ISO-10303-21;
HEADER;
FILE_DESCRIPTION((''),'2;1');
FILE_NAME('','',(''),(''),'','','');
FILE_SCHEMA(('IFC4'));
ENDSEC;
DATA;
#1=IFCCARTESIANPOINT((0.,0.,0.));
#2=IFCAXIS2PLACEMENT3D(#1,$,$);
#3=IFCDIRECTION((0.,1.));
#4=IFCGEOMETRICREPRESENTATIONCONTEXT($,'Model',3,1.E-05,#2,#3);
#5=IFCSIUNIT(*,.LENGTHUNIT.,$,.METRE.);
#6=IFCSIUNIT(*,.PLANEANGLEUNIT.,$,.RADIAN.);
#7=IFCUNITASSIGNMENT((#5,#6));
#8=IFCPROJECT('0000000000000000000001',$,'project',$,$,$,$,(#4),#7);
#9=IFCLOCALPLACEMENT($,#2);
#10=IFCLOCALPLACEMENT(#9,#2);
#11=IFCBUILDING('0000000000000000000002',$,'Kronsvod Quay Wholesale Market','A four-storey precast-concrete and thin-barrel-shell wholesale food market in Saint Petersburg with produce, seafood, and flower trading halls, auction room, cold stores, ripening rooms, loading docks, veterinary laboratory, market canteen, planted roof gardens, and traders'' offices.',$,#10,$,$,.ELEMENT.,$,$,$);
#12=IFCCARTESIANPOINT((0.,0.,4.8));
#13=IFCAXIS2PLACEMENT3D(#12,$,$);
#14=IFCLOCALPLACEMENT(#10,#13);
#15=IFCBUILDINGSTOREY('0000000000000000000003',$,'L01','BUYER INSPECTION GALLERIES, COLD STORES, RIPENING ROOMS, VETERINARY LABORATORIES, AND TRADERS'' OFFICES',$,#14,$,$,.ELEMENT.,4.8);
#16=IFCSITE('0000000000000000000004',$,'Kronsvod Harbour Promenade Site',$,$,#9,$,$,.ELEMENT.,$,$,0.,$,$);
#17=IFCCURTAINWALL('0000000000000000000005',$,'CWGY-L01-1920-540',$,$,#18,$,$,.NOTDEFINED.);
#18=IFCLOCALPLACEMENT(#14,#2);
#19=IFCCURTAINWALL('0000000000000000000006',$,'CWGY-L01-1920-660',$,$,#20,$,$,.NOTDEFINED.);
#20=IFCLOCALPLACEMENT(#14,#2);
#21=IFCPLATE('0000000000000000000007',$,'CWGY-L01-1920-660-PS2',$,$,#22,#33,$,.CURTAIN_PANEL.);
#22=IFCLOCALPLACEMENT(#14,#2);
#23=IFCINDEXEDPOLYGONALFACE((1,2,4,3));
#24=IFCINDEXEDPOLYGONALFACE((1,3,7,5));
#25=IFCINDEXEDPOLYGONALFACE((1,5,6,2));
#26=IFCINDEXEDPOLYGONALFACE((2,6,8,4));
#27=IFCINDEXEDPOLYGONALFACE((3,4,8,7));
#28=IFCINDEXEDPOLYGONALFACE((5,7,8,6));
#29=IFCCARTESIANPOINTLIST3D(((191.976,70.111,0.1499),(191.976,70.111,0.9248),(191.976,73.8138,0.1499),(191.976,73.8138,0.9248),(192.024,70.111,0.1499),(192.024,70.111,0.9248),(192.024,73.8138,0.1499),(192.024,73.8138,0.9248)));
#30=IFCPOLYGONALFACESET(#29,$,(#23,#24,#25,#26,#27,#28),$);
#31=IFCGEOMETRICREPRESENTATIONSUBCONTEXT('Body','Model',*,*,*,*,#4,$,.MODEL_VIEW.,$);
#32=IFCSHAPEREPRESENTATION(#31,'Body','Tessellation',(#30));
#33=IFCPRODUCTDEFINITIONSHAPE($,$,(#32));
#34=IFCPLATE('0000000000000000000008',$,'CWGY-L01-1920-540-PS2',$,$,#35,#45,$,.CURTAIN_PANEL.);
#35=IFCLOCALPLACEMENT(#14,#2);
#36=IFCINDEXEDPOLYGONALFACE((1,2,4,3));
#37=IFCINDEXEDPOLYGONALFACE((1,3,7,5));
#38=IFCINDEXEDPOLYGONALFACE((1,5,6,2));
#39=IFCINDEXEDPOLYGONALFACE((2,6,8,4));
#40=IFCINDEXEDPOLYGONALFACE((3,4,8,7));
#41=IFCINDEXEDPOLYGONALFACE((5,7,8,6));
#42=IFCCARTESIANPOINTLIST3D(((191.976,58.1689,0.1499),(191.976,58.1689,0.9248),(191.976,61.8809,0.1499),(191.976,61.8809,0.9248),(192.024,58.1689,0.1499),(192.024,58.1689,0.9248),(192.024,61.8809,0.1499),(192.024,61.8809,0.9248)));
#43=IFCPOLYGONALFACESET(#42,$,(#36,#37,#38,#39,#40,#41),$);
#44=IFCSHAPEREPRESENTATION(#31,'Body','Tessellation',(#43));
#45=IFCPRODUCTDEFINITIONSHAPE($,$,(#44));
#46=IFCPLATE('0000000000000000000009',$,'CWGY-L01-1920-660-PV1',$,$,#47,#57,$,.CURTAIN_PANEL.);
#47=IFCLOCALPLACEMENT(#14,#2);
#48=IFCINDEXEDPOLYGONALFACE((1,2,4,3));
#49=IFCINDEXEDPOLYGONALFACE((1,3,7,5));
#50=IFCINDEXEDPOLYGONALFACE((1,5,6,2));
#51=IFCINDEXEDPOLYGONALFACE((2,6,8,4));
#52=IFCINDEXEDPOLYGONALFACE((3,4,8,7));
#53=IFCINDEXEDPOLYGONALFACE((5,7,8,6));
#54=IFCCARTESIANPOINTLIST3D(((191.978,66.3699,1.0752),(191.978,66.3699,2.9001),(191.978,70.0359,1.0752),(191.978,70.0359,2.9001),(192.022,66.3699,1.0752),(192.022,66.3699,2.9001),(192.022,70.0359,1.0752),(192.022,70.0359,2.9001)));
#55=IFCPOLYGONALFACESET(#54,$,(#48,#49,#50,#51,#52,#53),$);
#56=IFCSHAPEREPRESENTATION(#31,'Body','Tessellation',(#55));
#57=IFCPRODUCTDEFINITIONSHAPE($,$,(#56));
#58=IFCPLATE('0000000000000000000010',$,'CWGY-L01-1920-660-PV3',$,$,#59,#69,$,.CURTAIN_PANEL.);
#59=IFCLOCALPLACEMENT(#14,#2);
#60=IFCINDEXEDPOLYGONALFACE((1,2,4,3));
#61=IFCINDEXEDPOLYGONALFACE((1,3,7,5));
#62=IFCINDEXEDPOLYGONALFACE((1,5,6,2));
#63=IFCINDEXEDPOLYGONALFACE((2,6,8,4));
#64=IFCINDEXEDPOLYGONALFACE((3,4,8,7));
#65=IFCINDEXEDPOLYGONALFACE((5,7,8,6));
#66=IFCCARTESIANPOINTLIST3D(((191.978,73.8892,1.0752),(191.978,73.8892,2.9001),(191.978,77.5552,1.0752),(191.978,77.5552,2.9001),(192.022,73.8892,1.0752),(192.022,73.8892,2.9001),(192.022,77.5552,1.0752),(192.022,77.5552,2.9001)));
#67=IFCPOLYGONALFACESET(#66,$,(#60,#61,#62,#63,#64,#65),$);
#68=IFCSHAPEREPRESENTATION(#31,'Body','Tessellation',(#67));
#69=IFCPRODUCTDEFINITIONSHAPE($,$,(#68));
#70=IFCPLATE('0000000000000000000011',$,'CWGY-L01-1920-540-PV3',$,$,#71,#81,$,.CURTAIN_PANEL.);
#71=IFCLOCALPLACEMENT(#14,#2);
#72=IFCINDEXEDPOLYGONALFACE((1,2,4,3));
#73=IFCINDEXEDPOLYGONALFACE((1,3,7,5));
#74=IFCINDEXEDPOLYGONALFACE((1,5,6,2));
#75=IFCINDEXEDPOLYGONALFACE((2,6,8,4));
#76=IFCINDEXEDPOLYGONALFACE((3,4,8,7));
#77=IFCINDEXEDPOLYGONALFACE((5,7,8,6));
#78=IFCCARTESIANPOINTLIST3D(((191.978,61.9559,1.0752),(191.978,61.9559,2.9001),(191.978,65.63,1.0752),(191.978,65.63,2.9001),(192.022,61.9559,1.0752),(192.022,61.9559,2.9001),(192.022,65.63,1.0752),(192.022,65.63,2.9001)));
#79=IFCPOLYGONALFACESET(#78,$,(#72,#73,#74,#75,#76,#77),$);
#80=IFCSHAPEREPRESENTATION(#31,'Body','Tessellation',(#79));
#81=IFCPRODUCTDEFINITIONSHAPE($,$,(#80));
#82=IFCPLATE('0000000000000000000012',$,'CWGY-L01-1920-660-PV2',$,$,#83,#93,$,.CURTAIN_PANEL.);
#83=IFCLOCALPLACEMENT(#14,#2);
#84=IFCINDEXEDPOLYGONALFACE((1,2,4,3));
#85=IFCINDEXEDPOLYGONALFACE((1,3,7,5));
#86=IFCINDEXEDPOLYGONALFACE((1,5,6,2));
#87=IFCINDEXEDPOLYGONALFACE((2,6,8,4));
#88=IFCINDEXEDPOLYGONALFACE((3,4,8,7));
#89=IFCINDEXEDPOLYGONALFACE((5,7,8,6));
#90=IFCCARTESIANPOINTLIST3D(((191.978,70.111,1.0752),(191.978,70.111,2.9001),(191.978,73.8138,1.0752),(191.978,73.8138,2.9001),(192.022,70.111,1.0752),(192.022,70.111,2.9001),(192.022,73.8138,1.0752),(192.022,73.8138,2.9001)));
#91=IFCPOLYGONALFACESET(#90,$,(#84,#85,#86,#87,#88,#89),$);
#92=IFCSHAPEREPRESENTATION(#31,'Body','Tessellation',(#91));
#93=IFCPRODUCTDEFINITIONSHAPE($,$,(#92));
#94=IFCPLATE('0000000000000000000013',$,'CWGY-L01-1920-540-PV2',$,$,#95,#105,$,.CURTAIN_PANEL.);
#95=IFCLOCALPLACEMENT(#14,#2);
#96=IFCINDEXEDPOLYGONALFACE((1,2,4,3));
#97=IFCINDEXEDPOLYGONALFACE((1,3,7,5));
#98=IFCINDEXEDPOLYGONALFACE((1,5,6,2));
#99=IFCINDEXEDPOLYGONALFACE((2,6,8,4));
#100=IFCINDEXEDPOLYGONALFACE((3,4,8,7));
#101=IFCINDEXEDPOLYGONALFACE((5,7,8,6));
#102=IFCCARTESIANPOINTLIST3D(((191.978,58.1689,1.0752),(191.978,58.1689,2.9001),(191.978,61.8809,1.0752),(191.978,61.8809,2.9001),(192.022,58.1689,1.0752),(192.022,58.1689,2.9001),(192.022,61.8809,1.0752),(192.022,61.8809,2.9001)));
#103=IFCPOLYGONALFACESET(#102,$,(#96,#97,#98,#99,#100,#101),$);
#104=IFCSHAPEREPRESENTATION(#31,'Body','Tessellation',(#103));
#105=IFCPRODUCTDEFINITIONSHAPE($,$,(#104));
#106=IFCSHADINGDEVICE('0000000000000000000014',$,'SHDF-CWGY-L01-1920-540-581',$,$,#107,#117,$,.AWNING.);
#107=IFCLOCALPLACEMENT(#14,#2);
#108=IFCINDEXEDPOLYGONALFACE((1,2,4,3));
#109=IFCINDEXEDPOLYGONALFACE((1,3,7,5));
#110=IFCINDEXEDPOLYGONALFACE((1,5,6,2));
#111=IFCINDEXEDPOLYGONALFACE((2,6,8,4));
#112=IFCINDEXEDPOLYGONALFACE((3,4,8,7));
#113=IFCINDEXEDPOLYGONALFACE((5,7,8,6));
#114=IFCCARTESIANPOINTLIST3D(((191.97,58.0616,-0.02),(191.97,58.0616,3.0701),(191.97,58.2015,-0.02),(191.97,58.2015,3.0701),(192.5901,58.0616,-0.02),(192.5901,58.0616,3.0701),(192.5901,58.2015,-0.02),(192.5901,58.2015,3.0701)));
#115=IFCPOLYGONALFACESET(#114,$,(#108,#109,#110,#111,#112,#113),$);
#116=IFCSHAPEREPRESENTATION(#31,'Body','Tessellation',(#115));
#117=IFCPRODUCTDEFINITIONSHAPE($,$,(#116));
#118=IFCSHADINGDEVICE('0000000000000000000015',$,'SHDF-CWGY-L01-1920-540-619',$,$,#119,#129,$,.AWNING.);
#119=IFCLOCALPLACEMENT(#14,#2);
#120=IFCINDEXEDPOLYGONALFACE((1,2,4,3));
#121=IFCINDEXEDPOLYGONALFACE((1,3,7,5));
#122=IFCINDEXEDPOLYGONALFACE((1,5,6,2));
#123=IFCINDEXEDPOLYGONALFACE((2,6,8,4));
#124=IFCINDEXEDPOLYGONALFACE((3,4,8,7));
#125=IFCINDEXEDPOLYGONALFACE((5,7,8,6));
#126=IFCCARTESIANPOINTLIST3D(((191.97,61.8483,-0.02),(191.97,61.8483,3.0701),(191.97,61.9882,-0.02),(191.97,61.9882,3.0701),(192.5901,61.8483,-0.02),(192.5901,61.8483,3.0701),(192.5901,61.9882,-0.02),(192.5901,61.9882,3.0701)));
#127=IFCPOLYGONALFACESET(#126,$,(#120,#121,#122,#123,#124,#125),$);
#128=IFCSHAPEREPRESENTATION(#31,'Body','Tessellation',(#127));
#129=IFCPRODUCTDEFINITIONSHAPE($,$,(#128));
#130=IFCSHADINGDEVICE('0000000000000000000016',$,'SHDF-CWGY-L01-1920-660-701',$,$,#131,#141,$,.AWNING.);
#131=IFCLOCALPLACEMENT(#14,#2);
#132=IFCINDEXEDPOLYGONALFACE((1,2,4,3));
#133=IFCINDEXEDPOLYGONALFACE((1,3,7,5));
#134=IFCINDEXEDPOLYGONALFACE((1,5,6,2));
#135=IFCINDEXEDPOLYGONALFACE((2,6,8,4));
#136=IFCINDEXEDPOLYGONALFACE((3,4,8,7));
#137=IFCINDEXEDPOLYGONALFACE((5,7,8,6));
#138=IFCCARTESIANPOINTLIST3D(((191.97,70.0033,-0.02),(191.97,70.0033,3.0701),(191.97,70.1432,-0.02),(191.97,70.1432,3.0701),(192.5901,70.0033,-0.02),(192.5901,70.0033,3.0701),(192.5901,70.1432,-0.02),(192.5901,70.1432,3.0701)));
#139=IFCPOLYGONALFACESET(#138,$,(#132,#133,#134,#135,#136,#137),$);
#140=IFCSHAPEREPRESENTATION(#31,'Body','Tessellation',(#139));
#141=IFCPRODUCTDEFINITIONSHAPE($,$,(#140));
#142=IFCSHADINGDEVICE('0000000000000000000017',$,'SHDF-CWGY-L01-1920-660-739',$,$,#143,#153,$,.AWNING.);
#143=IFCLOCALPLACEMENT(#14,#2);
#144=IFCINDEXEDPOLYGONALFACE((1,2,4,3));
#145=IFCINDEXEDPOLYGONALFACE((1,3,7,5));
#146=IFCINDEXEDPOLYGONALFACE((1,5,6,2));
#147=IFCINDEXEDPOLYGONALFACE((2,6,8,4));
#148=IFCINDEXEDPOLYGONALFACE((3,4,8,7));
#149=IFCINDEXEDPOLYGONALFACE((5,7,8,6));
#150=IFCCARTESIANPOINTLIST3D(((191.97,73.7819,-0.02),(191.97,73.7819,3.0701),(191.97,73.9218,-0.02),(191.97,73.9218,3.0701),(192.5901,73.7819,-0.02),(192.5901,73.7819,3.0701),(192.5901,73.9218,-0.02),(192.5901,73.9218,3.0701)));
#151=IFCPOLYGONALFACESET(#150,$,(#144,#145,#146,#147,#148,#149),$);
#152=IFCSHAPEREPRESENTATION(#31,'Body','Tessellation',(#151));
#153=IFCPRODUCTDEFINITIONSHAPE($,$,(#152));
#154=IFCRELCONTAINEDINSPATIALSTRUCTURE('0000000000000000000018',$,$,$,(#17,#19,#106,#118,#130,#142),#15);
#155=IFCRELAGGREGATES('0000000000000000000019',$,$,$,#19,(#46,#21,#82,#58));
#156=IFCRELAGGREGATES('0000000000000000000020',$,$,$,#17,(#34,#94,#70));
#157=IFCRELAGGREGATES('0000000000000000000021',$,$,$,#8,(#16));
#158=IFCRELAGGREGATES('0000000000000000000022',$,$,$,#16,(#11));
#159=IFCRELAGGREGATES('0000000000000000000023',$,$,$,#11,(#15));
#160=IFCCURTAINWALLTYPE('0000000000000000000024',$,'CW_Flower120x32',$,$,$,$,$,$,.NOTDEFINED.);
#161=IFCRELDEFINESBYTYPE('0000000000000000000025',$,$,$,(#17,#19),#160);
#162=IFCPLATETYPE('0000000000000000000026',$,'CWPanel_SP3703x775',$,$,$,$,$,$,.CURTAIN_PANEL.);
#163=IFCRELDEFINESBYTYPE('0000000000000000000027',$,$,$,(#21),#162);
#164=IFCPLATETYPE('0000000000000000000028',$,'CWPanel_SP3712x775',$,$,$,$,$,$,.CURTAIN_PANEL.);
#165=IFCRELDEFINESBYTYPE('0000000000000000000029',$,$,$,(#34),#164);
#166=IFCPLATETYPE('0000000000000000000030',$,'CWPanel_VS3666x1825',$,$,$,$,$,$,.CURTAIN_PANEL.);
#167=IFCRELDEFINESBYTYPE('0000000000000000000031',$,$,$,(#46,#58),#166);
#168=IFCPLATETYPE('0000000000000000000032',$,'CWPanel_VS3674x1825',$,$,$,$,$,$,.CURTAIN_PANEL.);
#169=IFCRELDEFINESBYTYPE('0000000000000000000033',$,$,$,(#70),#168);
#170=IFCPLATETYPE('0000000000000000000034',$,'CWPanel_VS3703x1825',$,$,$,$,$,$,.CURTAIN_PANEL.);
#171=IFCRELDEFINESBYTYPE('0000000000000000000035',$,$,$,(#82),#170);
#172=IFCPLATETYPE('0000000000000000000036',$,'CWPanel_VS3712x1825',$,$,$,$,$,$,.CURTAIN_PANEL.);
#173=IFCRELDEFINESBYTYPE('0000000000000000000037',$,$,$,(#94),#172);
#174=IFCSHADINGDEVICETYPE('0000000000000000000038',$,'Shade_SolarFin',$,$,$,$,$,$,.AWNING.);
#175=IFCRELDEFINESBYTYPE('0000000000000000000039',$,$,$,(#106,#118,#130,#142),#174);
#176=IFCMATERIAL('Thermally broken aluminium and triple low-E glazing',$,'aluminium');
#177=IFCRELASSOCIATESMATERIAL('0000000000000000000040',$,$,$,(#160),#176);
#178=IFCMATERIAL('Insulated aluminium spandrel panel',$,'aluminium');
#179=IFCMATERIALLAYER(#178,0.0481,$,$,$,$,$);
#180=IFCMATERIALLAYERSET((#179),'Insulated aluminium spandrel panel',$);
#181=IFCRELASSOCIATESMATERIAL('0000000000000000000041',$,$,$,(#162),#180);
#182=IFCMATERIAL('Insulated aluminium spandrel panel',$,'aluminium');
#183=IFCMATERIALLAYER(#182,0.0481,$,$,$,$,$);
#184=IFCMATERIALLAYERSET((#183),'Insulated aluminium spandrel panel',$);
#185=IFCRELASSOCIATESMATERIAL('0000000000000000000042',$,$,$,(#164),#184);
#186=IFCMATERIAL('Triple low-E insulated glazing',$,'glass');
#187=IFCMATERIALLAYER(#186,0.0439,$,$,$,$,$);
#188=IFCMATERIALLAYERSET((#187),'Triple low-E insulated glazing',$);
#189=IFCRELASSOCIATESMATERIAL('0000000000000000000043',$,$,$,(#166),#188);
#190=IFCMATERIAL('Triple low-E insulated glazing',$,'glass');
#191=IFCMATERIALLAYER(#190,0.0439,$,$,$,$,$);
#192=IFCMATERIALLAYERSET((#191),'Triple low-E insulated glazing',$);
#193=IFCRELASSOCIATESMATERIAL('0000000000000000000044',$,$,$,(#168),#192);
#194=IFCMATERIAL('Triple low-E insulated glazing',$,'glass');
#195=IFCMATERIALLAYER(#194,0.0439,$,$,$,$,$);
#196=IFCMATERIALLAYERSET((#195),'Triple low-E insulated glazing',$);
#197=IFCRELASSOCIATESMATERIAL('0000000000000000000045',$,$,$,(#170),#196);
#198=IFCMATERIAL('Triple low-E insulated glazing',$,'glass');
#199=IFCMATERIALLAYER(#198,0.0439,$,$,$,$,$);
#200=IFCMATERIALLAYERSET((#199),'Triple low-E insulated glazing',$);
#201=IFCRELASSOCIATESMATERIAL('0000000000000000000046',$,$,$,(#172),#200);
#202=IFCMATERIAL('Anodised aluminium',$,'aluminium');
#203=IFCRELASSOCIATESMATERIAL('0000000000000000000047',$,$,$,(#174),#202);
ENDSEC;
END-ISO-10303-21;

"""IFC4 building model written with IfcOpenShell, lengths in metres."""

from ifc_helpers import new_model, si_unit, direction, frame, origin, origin_2d, place, context, subcontext, project, spatial, rectangle, extrude, material, layer, layer_set, type_object, element, aggregate, save


model = new_model("IFC4")

# Units and contexts
model_context = context("Model", 3, precision=1e-05, world=origin(), true_north=direction((0.0, 1.0)))
body_context = subcontext(model_context, "Body", "Model", "MODEL_VIEW")
ifc_project = project(units=[si_unit("LENGTHUNIT", "METRE"), si_unit("PLANEANGLEUNIT", "RADIAN")], contexts=[model_context])

# Site, building, storey
site_placement = place(None, origin())
site = spatial("IfcSite", under=ifc_project, at=site_placement, Name="Kronsvod Harbour Promenade Site", CompositionType="ELEMENT", RefElevation=0.0)
building_placement = place(site_placement, origin())
building = spatial("IfcBuilding", under=site, at=building_placement, Name="Kronsvod Quay Wholesale Market", Description="A four-storey precast-concrete and thin-barrel-shell wholesale food market in Saint Petersburg with produce, seafood, and flower trading halls, auction room, cold stores, ripening rooms, loading docks, veterinary laboratory, market canteen, planted roof gardens, and traders' offices.", CompositionType="ELEMENT")
storey_placement = place(building_placement, frame((0.0, 0.0, 4.8)))
storey = spatial("IfcBuildingStorey", under=building, at=storey_placement, Name="L01", Description="BUYER INSPECTION GALLERIES, COLD STORES, RIPENING ROOMS, VETERINARY LABORATORIES, AND TRADERS' OFFICES", CompositionType="ELEMENT", Elevation=4.8)

# Curtain walls
ifc_material_1 = material(Name="Thermally broken aluminium and triple low-E glazing", Category="aluminium")
curtain_wall_type = type_object("IfcCurtainWallType", Name="CW_Flower120x32", PredefinedType="NOTDEFINED", material=ifc_material_1)
curtain_wall_1_placement = place(storey_placement, origin())
curtain_wall_1 = element("IfcCurtainWall", 1, at=curtain_wall_1_placement, inside=storey, type_object=curtain_wall_type, Name="CWGY-L01-1920-540", PredefinedType="NOTDEFINED")
curtain_wall_2_placement = place(storey_placement, origin())
curtain_wall_2 = element("IfcCurtainWall", 2, at=curtain_wall_2_placement, inside=storey, type_object=curtain_wall_type, Name="CWGY-L01-1920-660", PredefinedType="NOTDEFINED")

# Plates
ifc_material_2 = material(Name="Insulated aluminium spandrel panel", Category="aluminium")
ifc_layer_1 = layer(ifc_material_2, 0.0481)
ifc_layer_set_1 = layer_set([ifc_layer_1], Name="Insulated aluminium spandrel panel")
plate_type_1 = type_object("IfcPlateType", Name="CWPanel_SP3703x775", PredefinedType="CURTAIN_PANEL", material=ifc_layer_set_1)
plate_1_placement = place(storey_placement, frame((192.0, 71.9624, 0.1499), z_axis=(0.0, 0.0, 1.0), x_axis=(0.0, 1.0, 0.0)))
plate_1 = element("IfcPlate", 3, at=plate_1_placement, type_object=plate_type_1, Name="CWGY-L01-1920-660-PS2", PredefinedType="CURTAIN_PANEL", context=body_context, shape_type="SweptSolid", body=[
    extrude(rectangle(XDim=3.7029, YDim=0.0481, at=origin_2d()), origin(), (0.0, 0.0, 1.0), 0.7749),
])
ifc_material_3 = material(Name="Insulated aluminium spandrel panel", Category="aluminium")
ifc_layer_2 = layer(ifc_material_3, 0.0481)
ifc_layer_set_2 = layer_set([ifc_layer_2], Name="Insulated aluminium spandrel panel")
plate_type_2 = type_object("IfcPlateType", Name="CWPanel_SP3712x775", PredefinedType="CURTAIN_PANEL", material=ifc_layer_set_2)
plate_2_placement = place(storey_placement, frame((192.0, 60.0249, 0.1499), z_axis=(0.0, 0.0, 1.0), x_axis=(0.0, 1.0, 0.0)))
plate_2 = element("IfcPlate", 4, at=plate_2_placement, type_object=plate_type_2, Name="CWGY-L01-1920-540-PS2", PredefinedType="CURTAIN_PANEL", context=body_context, shape_type="SweptSolid", body=[
    extrude(rectangle(XDim=3.7119, YDim=0.0481, at=origin_2d()), origin(), (0.0, 0.0, 1.0), 0.7749),
])
ifc_material_4 = material(Name="Triple low-E insulated glazing", Category="glass")
ifc_layer_3 = layer(ifc_material_4, 0.0439)
ifc_layer_set_3 = layer_set([ifc_layer_3], Name="Triple low-E insulated glazing")
plate_type_3 = type_object("IfcPlateType", Name="CWPanel_VS3666x1825", PredefinedType="CURTAIN_PANEL", material=ifc_layer_set_3)
plate_3_placement = place(storey_placement, frame((192.0, 68.2029, 1.0752), z_axis=(0.0, 0.0, 1.0), x_axis=(0.0, 1.0, 0.0)))
plate_3 = element("IfcPlate", 5, at=plate_3_placement, type_object=plate_type_3, Name="CWGY-L01-1920-660-PV1", PredefinedType="CURTAIN_PANEL", context=body_context, shape_type="SweptSolid", body=[
    extrude(rectangle(XDim=3.666, YDim=0.0439, at=origin_2d()), origin(), (0.0, 0.0, 1.0), 1.825),
])
plate_4_placement = place(storey_placement, frame((192.0, 75.7222, 1.0752), z_axis=(0.0, 0.0, 1.0), x_axis=(0.0, 1.0, 0.0)))
plate_4 = element("IfcPlate", 6, at=plate_4_placement, type_object=plate_type_3, Name="CWGY-L01-1920-660-PV3", PredefinedType="CURTAIN_PANEL", context=body_context, shape_type="SweptSolid", body=[
    extrude(rectangle(XDim=3.666, YDim=0.0439, at=origin_2d()), origin(), (0.0, 0.0, 1.0), 1.825),
])
ifc_material_5 = material(Name="Triple low-E insulated glazing", Category="glass")
ifc_layer_4 = layer(ifc_material_5, 0.0439)
ifc_layer_set_4 = layer_set([ifc_layer_4], Name="Triple low-E insulated glazing")
plate_type_4 = type_object("IfcPlateType", Name="CWPanel_VS3674x1825", PredefinedType="CURTAIN_PANEL", material=ifc_layer_set_4)
plate_5_placement = place(storey_placement, frame((192.0, 63.793, 1.0752), z_axis=(0.0, 0.0, 1.0), x_axis=(0.0, 1.0, 0.0)))
plate_5 = element("IfcPlate", 7, at=plate_5_placement, type_object=plate_type_4, Name="CWGY-L01-1920-540-PV3", PredefinedType="CURTAIN_PANEL", context=body_context, shape_type="SweptSolid", body=[
    extrude(rectangle(XDim=3.6741, YDim=0.0439, at=origin_2d()), origin(), (0.0, 0.0, 1.0), 1.825),
])
ifc_material_6 = material(Name="Triple low-E insulated glazing", Category="glass")
ifc_layer_5 = layer(ifc_material_6, 0.0439)
ifc_layer_set_5 = layer_set([ifc_layer_5], Name="Triple low-E insulated glazing")
plate_type_5 = type_object("IfcPlateType", Name="CWPanel_VS3703x1825", PredefinedType="CURTAIN_PANEL", material=ifc_layer_set_5)
plate_6_placement = place(storey_placement, frame((192.0, 71.9624, 1.0752), z_axis=(0.0, 0.0, 1.0), x_axis=(0.0, 1.0, 0.0)))
plate_6 = element("IfcPlate", 8, at=plate_6_placement, type_object=plate_type_5, Name="CWGY-L01-1920-660-PV2", PredefinedType="CURTAIN_PANEL", context=body_context, shape_type="SweptSolid", body=[
    extrude(rectangle(XDim=3.7029, YDim=0.0439, at=origin_2d()), origin(), (0.0, 0.0, 1.0), 1.825),
])
aggregate(curtain_wall_2, [plate_3, plate_1, plate_6, plate_4])
ifc_material_7 = material(Name="Triple low-E insulated glazing", Category="glass")
ifc_layer_6 = layer(ifc_material_7, 0.0439)
ifc_layer_set_6 = layer_set([ifc_layer_6], Name="Triple low-E insulated glazing")
plate_type_6 = type_object("IfcPlateType", Name="CWPanel_VS3712x1825", PredefinedType="CURTAIN_PANEL", material=ifc_layer_set_6)
plate_7_placement = place(storey_placement, frame((192.0, 60.0249, 1.0752), z_axis=(0.0, 0.0, 1.0), x_axis=(0.0, 1.0, 0.0)))
plate_7 = element("IfcPlate", 9, at=plate_7_placement, type_object=plate_type_6, Name="CWGY-L01-1920-540-PV2", PredefinedType="CURTAIN_PANEL", context=body_context, shape_type="SweptSolid", body=[
    extrude(rectangle(XDim=3.7119, YDim=0.0439, at=origin_2d()), origin(), (0.0, 0.0, 1.0), 1.825),
])
aggregate(curtain_wall_1, [plate_2, plate_7, plate_5])

# Shading devices
ifc_material_8 = material(Name="Anodised aluminium", Category="aluminium")
shading_device_type = type_object("IfcShadingDeviceType", Name="Shade_SolarFin", PredefinedType="AWNING", material=ifc_material_8)
for number, where, z_axis, x_axis, name in (
    (10, (192.28, 58.1316, -0.02), (0.0, 0.0, 1.0), (1.0, 0.0, 0.0), "SHDF-CWGY-L01-1920-540-581"),
    (11, (192.28, 61.9182, -0.02), (0.0, 0.0, 1.0), (1.0, 0.0, 0.0), "SHDF-CWGY-L01-1920-540-619"),
    (12, (192.28, 70.0732, -0.02), (0.0, 0.0, 1.0), (1.0, 0.0, 0.0), "SHDF-CWGY-L01-1920-660-701"),
    (13, (192.28, 73.8518, -0.02), (0.0, 0.0, 1.0), (1.0, 0.0, 0.0), "SHDF-CWGY-L01-1920-660-739"),
):
    element("IfcShadingDevice", number, at=place(storey_placement, frame(where, z_axis=z_axis, x_axis=x_axis)), inside=storey, type_object=shading_device_type, Name=name, PredefinedType="AWNING", context=body_context, shape_type="SweptSolid", body=[
        extrude(rectangle(XDim=0.6201, YDim=0.1399, at=origin_2d()), origin(), (0.0, 0.0, 1.0), 3.0901),
    ])

save(model, "model.ifc")
